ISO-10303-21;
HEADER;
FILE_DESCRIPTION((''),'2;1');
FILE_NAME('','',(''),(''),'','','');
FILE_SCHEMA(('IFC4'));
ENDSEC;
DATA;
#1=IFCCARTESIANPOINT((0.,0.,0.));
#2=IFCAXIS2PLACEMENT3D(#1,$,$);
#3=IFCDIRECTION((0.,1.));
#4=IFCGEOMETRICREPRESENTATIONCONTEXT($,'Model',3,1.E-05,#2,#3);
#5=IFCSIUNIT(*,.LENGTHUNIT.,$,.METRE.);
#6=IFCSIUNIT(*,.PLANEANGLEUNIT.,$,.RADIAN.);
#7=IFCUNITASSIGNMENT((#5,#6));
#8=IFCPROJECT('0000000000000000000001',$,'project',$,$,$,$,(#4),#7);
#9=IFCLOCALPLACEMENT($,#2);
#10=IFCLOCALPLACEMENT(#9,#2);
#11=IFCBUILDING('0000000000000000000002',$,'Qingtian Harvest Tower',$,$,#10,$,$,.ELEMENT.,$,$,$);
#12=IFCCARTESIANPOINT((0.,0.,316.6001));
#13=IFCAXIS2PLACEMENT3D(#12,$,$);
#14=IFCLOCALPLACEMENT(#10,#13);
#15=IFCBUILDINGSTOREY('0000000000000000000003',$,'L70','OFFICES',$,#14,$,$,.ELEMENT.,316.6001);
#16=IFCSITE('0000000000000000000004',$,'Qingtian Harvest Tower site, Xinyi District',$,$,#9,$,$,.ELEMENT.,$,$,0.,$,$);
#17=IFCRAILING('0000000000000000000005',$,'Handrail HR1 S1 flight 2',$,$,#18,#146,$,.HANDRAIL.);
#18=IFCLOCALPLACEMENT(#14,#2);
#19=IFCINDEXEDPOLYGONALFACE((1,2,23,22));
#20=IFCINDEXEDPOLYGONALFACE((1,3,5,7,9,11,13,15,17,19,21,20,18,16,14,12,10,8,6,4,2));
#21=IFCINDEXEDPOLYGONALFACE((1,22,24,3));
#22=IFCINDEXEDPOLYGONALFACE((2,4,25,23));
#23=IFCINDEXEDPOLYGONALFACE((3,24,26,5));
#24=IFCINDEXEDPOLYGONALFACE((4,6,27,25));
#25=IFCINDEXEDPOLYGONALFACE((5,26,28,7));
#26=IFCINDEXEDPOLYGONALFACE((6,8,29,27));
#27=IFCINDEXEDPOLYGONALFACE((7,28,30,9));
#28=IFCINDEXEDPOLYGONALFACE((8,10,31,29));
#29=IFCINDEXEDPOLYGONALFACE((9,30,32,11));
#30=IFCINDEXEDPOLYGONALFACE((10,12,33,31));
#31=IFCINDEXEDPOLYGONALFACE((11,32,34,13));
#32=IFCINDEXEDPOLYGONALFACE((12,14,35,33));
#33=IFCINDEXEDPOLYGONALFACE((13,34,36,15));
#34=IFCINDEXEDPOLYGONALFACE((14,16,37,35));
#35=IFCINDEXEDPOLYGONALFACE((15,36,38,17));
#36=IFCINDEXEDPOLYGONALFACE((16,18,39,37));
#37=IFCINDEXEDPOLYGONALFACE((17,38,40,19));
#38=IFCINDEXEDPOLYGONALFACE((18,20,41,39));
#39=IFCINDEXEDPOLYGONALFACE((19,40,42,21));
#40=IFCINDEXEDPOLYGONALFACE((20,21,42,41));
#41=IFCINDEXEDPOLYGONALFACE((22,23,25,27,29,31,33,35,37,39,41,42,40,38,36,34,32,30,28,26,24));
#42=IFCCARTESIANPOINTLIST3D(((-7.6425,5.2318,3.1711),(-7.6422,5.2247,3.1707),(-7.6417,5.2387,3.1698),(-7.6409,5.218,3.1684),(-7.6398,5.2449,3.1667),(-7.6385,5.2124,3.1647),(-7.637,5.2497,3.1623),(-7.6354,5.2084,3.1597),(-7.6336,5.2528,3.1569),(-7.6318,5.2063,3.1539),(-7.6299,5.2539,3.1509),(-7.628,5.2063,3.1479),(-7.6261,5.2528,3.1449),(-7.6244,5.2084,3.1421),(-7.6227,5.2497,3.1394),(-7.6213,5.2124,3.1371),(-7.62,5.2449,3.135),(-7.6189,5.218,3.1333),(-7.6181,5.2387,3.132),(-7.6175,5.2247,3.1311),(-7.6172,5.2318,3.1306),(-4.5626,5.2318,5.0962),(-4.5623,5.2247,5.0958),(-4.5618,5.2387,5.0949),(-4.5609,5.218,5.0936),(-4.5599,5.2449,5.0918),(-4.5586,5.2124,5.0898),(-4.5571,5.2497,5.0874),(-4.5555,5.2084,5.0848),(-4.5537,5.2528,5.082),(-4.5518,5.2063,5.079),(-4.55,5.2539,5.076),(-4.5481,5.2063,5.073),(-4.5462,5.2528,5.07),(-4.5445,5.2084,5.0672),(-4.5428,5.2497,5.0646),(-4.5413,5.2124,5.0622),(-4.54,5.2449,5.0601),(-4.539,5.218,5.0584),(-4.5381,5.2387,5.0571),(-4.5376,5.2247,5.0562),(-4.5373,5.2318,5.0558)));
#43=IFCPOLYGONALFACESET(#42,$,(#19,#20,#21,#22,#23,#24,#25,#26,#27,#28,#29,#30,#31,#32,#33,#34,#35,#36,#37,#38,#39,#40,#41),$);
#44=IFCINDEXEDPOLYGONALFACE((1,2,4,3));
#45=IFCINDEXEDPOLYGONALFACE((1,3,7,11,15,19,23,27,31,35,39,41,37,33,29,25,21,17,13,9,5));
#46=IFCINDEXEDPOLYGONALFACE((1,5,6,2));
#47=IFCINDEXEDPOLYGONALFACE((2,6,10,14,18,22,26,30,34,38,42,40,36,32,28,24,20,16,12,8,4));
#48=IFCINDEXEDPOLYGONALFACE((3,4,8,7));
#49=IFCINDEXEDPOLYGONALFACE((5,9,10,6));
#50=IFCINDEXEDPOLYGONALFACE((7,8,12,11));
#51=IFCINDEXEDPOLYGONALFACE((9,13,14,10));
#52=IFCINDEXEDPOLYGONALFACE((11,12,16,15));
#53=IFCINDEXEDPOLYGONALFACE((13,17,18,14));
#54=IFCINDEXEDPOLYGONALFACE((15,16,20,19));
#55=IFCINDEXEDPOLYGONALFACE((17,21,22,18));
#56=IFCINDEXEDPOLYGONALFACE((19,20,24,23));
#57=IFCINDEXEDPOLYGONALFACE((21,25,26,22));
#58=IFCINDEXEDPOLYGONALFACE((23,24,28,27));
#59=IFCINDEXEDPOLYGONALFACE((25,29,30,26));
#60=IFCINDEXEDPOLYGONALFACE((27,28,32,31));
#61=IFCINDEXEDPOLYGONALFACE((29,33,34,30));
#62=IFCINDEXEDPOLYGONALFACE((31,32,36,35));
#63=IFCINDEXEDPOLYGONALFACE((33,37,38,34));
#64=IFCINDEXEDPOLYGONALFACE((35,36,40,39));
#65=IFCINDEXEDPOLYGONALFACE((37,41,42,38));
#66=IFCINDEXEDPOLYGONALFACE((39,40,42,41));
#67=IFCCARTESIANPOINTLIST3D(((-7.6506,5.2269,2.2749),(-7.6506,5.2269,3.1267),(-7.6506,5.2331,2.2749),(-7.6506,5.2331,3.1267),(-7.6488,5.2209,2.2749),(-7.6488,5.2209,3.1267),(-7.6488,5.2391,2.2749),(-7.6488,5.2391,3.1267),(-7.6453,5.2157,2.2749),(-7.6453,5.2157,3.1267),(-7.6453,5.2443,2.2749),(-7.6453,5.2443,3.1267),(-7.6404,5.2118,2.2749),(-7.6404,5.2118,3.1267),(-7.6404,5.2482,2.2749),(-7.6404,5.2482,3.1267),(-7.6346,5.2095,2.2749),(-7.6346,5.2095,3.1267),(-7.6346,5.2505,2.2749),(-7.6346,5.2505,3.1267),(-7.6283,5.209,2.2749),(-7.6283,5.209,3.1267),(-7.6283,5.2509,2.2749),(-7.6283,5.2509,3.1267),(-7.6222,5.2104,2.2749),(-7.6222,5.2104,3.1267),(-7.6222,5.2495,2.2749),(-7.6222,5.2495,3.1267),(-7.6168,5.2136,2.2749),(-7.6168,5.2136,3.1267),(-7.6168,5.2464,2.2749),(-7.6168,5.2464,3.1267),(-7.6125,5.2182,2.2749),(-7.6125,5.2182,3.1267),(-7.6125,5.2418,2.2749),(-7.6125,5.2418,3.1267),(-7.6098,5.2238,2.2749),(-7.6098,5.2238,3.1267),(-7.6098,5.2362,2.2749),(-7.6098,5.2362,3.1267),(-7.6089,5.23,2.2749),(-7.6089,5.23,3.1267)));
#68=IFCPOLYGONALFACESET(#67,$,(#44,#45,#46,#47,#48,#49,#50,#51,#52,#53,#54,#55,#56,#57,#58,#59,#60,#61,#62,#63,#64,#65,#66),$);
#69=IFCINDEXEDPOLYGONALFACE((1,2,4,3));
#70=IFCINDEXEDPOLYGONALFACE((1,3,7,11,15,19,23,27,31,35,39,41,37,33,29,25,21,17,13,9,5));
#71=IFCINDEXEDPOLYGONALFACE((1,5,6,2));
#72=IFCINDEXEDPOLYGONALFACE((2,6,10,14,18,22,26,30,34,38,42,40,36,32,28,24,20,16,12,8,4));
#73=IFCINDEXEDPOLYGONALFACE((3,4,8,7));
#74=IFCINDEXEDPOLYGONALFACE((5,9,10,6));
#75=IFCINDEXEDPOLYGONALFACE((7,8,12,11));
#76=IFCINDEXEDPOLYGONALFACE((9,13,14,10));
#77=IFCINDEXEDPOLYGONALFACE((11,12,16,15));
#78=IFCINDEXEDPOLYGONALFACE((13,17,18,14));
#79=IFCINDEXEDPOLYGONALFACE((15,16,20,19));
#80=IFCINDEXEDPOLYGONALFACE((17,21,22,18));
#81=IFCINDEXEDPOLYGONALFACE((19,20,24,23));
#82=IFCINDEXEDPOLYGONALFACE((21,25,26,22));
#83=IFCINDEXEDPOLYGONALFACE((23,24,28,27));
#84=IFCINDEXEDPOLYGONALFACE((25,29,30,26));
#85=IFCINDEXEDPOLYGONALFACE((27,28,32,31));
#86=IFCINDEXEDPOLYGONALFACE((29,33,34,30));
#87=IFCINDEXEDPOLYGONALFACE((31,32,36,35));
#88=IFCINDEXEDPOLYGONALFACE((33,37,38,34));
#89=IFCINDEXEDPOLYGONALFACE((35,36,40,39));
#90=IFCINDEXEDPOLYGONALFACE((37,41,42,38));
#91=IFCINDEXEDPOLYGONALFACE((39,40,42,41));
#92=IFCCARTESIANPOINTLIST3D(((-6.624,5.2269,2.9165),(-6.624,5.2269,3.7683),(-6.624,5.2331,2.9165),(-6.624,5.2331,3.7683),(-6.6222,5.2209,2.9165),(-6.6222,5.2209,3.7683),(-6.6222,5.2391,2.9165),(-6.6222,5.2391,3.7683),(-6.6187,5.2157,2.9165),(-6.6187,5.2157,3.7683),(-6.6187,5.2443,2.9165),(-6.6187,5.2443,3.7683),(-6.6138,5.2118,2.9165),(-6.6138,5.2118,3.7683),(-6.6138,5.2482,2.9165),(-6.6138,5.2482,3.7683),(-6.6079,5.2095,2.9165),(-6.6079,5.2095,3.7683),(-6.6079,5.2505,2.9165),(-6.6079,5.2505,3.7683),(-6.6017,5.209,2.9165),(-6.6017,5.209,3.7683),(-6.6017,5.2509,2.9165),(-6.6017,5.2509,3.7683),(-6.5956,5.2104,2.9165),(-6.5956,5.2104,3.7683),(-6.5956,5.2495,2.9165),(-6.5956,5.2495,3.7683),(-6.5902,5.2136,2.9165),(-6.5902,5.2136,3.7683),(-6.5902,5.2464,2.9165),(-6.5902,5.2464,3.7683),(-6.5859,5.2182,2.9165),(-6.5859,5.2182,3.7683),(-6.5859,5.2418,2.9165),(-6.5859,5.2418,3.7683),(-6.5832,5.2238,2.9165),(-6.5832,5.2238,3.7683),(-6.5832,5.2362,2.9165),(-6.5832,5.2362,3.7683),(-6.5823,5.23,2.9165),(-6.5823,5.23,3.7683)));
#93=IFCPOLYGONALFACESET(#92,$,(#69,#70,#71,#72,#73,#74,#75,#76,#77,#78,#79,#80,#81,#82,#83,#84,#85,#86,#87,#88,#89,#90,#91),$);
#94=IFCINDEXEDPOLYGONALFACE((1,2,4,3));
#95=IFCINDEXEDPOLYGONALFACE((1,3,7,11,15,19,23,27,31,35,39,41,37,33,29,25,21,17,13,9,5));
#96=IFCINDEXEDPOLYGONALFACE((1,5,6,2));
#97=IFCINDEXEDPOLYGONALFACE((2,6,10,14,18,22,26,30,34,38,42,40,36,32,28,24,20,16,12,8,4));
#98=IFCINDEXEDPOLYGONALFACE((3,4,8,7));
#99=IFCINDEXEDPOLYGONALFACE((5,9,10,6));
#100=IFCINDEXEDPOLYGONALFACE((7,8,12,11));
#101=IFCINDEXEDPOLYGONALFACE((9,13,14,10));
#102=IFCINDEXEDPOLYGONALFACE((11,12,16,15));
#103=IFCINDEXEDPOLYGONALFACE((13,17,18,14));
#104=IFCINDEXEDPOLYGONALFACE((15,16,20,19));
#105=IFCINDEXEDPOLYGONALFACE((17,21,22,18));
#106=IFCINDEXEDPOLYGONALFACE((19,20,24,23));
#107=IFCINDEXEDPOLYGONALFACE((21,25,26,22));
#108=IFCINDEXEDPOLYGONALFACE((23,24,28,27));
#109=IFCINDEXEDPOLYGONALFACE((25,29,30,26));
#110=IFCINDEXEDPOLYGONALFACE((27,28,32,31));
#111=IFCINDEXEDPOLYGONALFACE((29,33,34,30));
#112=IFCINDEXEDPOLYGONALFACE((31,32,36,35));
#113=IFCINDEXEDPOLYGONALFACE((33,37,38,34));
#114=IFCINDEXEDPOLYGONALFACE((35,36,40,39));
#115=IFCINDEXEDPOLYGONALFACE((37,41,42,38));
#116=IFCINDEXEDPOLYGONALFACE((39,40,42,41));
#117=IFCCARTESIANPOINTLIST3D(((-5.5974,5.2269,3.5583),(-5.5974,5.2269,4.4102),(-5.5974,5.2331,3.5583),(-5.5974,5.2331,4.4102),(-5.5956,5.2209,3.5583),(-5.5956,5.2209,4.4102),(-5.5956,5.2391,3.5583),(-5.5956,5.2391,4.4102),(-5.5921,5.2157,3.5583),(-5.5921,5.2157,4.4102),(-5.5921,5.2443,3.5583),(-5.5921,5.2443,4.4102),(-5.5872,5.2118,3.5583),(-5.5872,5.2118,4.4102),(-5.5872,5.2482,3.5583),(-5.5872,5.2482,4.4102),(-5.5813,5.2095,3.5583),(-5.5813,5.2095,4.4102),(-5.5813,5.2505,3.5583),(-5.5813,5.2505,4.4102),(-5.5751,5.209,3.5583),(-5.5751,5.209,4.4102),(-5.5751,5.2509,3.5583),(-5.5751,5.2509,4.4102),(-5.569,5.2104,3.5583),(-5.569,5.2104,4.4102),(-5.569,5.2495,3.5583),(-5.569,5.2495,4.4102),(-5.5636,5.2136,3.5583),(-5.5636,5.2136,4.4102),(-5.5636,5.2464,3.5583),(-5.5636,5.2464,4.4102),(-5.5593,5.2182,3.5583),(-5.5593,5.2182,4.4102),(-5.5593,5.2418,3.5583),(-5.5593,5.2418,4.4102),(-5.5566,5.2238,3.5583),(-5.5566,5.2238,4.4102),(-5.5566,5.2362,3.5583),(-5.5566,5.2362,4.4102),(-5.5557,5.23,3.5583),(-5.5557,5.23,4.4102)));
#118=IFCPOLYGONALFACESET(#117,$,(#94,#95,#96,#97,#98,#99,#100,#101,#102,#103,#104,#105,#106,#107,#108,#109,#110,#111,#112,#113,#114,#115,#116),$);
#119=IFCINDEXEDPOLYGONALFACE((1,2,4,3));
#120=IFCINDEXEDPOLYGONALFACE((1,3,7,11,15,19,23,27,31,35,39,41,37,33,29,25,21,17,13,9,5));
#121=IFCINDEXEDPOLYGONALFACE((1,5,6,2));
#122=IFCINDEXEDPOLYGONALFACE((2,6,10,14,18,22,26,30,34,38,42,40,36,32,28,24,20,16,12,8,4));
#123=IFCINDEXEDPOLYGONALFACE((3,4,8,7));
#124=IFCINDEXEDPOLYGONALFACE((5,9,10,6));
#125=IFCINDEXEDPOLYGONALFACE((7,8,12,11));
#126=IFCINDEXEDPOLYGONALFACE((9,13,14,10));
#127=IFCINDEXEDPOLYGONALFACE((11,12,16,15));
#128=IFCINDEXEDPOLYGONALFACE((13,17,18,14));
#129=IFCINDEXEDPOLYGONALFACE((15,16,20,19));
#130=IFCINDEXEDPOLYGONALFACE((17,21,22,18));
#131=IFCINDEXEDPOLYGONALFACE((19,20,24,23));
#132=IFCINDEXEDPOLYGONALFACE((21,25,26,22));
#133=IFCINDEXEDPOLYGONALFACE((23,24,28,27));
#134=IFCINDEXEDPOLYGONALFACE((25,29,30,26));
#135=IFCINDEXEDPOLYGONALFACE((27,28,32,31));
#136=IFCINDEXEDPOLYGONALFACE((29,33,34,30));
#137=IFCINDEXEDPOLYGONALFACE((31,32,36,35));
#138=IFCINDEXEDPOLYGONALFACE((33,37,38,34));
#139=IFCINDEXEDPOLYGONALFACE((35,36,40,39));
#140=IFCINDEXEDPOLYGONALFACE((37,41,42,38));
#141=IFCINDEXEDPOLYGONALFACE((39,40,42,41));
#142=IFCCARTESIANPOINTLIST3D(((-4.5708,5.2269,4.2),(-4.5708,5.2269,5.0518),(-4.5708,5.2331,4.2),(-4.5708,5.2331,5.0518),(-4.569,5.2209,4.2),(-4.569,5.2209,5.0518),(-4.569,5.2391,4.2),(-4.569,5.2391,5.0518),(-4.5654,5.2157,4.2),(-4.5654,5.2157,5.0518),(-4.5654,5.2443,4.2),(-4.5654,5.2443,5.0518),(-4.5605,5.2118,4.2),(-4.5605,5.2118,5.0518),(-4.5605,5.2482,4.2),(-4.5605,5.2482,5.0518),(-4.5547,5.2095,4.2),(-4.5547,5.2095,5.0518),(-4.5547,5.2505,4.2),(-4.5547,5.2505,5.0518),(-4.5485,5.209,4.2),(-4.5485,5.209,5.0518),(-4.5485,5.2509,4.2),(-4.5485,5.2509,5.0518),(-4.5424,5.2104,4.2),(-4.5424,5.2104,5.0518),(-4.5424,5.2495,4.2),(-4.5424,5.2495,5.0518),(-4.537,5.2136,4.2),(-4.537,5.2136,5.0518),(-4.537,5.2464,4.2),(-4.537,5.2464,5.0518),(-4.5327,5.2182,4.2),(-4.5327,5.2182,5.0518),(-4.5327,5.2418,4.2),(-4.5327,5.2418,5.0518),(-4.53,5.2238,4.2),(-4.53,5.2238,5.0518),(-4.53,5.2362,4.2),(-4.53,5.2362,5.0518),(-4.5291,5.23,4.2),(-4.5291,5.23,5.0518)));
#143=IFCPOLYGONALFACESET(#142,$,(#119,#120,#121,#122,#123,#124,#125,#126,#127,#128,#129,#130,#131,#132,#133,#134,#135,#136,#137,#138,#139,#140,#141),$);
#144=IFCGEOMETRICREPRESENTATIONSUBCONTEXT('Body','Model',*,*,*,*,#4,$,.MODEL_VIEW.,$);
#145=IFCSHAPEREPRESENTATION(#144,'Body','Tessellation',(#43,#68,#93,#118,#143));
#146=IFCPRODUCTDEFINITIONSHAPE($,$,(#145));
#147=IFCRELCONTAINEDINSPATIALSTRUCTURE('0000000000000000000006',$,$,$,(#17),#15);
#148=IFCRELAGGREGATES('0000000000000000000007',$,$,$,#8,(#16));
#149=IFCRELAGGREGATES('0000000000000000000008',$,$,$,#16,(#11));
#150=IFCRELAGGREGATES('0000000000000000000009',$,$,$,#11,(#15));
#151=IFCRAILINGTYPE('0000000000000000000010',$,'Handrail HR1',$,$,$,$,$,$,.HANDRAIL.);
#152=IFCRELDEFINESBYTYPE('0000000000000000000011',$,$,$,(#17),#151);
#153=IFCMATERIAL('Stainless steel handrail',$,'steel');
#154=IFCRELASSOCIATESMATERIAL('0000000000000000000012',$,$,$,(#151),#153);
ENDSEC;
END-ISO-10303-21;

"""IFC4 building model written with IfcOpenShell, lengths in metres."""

from ifc_helpers import new_model, si_unit, direction, frame, origin, origin_2d, place, context, subcontext, project, spatial, circle, extrude, material, type_object, element, save


model = new_model("IFC4")

# Units and contexts
model_context = context("Model", 3, precision=1e-05, world=origin(), true_north=direction((0.0, 1.0)))
body_context = subcontext(model_context, "Body", "Model", "MODEL_VIEW")
ifc_project = project(units=[si_unit("LENGTHUNIT", "METRE"), si_unit("PLANEANGLEUNIT", "RADIAN")], contexts=[model_context])

# Site, building, storey
site_placement = place(None, origin())
site = spatial("IfcSite", under=ifc_project, at=site_placement, Name="Qingtian Harvest Tower site, Xinyi District", CompositionType="ELEMENT", RefElevation=0.0)
building_placement = place(site_placement, origin())
building = spatial("IfcBuilding", under=site, at=building_placement, Name="Qingtian Harvest Tower", CompositionType="ELEMENT")
storey_placement = place(building_placement, frame((0.0, 0.0, 316.6001)))
storey = spatial("IfcBuildingStorey", under=building, at=storey_placement, Name="L70", Description="OFFICES", CompositionType="ELEMENT", Elevation=316.6001)

# Railing
ifc_material_1 = material(Name="Stainless steel handrail", Category="steel")
railing_type = type_object("IfcRailingType", Name="Handrail HR1", PredefinedType="HANDRAIL", material=ifc_material_1)
railing_1_placement = place(storey_placement, frame((-7.6299, 5.23, 2.2749)))
element("IfcRailing", 1, at=railing_1_placement, inside=storey, type_object=railing_type, Name="Handrail HR1 S1 flight 2", PredefinedType="HANDRAIL", context=body_context, shape_type="SweptSolid", body=[
    extrude(circle(Radius=0.0239, at=origin_2d()), frame((0.0, 0.0, 0.876), z_axis=(0.847979, 0.0, 0.530029), x_axis=(0.0, 1.0, 0.0)), (0.0, 0.0, 1.0), 3.6321),
    extrude(circle(Radius=0.021, at=origin_2d()), origin(), (0.0, 0.0, 1.0), 0.8518),
    extrude(circle(Radius=0.021, at=origin_2d()), frame((1.0266, 0.0, 0.6416)), (0.0, 0.0, 1.0), 0.8518),
    extrude(circle(Radius=0.021, at=origin_2d()), frame((2.0532, 0.0, 1.2834)), (0.0, 0.0, 1.0), 0.8518),
    extrude(circle(Radius=0.021, at=origin_2d()), frame((3.0798, 0.0, 1.925)), (0.0, 0.0, 1.0), 0.8518),
])

save(model, "model.ifc")
